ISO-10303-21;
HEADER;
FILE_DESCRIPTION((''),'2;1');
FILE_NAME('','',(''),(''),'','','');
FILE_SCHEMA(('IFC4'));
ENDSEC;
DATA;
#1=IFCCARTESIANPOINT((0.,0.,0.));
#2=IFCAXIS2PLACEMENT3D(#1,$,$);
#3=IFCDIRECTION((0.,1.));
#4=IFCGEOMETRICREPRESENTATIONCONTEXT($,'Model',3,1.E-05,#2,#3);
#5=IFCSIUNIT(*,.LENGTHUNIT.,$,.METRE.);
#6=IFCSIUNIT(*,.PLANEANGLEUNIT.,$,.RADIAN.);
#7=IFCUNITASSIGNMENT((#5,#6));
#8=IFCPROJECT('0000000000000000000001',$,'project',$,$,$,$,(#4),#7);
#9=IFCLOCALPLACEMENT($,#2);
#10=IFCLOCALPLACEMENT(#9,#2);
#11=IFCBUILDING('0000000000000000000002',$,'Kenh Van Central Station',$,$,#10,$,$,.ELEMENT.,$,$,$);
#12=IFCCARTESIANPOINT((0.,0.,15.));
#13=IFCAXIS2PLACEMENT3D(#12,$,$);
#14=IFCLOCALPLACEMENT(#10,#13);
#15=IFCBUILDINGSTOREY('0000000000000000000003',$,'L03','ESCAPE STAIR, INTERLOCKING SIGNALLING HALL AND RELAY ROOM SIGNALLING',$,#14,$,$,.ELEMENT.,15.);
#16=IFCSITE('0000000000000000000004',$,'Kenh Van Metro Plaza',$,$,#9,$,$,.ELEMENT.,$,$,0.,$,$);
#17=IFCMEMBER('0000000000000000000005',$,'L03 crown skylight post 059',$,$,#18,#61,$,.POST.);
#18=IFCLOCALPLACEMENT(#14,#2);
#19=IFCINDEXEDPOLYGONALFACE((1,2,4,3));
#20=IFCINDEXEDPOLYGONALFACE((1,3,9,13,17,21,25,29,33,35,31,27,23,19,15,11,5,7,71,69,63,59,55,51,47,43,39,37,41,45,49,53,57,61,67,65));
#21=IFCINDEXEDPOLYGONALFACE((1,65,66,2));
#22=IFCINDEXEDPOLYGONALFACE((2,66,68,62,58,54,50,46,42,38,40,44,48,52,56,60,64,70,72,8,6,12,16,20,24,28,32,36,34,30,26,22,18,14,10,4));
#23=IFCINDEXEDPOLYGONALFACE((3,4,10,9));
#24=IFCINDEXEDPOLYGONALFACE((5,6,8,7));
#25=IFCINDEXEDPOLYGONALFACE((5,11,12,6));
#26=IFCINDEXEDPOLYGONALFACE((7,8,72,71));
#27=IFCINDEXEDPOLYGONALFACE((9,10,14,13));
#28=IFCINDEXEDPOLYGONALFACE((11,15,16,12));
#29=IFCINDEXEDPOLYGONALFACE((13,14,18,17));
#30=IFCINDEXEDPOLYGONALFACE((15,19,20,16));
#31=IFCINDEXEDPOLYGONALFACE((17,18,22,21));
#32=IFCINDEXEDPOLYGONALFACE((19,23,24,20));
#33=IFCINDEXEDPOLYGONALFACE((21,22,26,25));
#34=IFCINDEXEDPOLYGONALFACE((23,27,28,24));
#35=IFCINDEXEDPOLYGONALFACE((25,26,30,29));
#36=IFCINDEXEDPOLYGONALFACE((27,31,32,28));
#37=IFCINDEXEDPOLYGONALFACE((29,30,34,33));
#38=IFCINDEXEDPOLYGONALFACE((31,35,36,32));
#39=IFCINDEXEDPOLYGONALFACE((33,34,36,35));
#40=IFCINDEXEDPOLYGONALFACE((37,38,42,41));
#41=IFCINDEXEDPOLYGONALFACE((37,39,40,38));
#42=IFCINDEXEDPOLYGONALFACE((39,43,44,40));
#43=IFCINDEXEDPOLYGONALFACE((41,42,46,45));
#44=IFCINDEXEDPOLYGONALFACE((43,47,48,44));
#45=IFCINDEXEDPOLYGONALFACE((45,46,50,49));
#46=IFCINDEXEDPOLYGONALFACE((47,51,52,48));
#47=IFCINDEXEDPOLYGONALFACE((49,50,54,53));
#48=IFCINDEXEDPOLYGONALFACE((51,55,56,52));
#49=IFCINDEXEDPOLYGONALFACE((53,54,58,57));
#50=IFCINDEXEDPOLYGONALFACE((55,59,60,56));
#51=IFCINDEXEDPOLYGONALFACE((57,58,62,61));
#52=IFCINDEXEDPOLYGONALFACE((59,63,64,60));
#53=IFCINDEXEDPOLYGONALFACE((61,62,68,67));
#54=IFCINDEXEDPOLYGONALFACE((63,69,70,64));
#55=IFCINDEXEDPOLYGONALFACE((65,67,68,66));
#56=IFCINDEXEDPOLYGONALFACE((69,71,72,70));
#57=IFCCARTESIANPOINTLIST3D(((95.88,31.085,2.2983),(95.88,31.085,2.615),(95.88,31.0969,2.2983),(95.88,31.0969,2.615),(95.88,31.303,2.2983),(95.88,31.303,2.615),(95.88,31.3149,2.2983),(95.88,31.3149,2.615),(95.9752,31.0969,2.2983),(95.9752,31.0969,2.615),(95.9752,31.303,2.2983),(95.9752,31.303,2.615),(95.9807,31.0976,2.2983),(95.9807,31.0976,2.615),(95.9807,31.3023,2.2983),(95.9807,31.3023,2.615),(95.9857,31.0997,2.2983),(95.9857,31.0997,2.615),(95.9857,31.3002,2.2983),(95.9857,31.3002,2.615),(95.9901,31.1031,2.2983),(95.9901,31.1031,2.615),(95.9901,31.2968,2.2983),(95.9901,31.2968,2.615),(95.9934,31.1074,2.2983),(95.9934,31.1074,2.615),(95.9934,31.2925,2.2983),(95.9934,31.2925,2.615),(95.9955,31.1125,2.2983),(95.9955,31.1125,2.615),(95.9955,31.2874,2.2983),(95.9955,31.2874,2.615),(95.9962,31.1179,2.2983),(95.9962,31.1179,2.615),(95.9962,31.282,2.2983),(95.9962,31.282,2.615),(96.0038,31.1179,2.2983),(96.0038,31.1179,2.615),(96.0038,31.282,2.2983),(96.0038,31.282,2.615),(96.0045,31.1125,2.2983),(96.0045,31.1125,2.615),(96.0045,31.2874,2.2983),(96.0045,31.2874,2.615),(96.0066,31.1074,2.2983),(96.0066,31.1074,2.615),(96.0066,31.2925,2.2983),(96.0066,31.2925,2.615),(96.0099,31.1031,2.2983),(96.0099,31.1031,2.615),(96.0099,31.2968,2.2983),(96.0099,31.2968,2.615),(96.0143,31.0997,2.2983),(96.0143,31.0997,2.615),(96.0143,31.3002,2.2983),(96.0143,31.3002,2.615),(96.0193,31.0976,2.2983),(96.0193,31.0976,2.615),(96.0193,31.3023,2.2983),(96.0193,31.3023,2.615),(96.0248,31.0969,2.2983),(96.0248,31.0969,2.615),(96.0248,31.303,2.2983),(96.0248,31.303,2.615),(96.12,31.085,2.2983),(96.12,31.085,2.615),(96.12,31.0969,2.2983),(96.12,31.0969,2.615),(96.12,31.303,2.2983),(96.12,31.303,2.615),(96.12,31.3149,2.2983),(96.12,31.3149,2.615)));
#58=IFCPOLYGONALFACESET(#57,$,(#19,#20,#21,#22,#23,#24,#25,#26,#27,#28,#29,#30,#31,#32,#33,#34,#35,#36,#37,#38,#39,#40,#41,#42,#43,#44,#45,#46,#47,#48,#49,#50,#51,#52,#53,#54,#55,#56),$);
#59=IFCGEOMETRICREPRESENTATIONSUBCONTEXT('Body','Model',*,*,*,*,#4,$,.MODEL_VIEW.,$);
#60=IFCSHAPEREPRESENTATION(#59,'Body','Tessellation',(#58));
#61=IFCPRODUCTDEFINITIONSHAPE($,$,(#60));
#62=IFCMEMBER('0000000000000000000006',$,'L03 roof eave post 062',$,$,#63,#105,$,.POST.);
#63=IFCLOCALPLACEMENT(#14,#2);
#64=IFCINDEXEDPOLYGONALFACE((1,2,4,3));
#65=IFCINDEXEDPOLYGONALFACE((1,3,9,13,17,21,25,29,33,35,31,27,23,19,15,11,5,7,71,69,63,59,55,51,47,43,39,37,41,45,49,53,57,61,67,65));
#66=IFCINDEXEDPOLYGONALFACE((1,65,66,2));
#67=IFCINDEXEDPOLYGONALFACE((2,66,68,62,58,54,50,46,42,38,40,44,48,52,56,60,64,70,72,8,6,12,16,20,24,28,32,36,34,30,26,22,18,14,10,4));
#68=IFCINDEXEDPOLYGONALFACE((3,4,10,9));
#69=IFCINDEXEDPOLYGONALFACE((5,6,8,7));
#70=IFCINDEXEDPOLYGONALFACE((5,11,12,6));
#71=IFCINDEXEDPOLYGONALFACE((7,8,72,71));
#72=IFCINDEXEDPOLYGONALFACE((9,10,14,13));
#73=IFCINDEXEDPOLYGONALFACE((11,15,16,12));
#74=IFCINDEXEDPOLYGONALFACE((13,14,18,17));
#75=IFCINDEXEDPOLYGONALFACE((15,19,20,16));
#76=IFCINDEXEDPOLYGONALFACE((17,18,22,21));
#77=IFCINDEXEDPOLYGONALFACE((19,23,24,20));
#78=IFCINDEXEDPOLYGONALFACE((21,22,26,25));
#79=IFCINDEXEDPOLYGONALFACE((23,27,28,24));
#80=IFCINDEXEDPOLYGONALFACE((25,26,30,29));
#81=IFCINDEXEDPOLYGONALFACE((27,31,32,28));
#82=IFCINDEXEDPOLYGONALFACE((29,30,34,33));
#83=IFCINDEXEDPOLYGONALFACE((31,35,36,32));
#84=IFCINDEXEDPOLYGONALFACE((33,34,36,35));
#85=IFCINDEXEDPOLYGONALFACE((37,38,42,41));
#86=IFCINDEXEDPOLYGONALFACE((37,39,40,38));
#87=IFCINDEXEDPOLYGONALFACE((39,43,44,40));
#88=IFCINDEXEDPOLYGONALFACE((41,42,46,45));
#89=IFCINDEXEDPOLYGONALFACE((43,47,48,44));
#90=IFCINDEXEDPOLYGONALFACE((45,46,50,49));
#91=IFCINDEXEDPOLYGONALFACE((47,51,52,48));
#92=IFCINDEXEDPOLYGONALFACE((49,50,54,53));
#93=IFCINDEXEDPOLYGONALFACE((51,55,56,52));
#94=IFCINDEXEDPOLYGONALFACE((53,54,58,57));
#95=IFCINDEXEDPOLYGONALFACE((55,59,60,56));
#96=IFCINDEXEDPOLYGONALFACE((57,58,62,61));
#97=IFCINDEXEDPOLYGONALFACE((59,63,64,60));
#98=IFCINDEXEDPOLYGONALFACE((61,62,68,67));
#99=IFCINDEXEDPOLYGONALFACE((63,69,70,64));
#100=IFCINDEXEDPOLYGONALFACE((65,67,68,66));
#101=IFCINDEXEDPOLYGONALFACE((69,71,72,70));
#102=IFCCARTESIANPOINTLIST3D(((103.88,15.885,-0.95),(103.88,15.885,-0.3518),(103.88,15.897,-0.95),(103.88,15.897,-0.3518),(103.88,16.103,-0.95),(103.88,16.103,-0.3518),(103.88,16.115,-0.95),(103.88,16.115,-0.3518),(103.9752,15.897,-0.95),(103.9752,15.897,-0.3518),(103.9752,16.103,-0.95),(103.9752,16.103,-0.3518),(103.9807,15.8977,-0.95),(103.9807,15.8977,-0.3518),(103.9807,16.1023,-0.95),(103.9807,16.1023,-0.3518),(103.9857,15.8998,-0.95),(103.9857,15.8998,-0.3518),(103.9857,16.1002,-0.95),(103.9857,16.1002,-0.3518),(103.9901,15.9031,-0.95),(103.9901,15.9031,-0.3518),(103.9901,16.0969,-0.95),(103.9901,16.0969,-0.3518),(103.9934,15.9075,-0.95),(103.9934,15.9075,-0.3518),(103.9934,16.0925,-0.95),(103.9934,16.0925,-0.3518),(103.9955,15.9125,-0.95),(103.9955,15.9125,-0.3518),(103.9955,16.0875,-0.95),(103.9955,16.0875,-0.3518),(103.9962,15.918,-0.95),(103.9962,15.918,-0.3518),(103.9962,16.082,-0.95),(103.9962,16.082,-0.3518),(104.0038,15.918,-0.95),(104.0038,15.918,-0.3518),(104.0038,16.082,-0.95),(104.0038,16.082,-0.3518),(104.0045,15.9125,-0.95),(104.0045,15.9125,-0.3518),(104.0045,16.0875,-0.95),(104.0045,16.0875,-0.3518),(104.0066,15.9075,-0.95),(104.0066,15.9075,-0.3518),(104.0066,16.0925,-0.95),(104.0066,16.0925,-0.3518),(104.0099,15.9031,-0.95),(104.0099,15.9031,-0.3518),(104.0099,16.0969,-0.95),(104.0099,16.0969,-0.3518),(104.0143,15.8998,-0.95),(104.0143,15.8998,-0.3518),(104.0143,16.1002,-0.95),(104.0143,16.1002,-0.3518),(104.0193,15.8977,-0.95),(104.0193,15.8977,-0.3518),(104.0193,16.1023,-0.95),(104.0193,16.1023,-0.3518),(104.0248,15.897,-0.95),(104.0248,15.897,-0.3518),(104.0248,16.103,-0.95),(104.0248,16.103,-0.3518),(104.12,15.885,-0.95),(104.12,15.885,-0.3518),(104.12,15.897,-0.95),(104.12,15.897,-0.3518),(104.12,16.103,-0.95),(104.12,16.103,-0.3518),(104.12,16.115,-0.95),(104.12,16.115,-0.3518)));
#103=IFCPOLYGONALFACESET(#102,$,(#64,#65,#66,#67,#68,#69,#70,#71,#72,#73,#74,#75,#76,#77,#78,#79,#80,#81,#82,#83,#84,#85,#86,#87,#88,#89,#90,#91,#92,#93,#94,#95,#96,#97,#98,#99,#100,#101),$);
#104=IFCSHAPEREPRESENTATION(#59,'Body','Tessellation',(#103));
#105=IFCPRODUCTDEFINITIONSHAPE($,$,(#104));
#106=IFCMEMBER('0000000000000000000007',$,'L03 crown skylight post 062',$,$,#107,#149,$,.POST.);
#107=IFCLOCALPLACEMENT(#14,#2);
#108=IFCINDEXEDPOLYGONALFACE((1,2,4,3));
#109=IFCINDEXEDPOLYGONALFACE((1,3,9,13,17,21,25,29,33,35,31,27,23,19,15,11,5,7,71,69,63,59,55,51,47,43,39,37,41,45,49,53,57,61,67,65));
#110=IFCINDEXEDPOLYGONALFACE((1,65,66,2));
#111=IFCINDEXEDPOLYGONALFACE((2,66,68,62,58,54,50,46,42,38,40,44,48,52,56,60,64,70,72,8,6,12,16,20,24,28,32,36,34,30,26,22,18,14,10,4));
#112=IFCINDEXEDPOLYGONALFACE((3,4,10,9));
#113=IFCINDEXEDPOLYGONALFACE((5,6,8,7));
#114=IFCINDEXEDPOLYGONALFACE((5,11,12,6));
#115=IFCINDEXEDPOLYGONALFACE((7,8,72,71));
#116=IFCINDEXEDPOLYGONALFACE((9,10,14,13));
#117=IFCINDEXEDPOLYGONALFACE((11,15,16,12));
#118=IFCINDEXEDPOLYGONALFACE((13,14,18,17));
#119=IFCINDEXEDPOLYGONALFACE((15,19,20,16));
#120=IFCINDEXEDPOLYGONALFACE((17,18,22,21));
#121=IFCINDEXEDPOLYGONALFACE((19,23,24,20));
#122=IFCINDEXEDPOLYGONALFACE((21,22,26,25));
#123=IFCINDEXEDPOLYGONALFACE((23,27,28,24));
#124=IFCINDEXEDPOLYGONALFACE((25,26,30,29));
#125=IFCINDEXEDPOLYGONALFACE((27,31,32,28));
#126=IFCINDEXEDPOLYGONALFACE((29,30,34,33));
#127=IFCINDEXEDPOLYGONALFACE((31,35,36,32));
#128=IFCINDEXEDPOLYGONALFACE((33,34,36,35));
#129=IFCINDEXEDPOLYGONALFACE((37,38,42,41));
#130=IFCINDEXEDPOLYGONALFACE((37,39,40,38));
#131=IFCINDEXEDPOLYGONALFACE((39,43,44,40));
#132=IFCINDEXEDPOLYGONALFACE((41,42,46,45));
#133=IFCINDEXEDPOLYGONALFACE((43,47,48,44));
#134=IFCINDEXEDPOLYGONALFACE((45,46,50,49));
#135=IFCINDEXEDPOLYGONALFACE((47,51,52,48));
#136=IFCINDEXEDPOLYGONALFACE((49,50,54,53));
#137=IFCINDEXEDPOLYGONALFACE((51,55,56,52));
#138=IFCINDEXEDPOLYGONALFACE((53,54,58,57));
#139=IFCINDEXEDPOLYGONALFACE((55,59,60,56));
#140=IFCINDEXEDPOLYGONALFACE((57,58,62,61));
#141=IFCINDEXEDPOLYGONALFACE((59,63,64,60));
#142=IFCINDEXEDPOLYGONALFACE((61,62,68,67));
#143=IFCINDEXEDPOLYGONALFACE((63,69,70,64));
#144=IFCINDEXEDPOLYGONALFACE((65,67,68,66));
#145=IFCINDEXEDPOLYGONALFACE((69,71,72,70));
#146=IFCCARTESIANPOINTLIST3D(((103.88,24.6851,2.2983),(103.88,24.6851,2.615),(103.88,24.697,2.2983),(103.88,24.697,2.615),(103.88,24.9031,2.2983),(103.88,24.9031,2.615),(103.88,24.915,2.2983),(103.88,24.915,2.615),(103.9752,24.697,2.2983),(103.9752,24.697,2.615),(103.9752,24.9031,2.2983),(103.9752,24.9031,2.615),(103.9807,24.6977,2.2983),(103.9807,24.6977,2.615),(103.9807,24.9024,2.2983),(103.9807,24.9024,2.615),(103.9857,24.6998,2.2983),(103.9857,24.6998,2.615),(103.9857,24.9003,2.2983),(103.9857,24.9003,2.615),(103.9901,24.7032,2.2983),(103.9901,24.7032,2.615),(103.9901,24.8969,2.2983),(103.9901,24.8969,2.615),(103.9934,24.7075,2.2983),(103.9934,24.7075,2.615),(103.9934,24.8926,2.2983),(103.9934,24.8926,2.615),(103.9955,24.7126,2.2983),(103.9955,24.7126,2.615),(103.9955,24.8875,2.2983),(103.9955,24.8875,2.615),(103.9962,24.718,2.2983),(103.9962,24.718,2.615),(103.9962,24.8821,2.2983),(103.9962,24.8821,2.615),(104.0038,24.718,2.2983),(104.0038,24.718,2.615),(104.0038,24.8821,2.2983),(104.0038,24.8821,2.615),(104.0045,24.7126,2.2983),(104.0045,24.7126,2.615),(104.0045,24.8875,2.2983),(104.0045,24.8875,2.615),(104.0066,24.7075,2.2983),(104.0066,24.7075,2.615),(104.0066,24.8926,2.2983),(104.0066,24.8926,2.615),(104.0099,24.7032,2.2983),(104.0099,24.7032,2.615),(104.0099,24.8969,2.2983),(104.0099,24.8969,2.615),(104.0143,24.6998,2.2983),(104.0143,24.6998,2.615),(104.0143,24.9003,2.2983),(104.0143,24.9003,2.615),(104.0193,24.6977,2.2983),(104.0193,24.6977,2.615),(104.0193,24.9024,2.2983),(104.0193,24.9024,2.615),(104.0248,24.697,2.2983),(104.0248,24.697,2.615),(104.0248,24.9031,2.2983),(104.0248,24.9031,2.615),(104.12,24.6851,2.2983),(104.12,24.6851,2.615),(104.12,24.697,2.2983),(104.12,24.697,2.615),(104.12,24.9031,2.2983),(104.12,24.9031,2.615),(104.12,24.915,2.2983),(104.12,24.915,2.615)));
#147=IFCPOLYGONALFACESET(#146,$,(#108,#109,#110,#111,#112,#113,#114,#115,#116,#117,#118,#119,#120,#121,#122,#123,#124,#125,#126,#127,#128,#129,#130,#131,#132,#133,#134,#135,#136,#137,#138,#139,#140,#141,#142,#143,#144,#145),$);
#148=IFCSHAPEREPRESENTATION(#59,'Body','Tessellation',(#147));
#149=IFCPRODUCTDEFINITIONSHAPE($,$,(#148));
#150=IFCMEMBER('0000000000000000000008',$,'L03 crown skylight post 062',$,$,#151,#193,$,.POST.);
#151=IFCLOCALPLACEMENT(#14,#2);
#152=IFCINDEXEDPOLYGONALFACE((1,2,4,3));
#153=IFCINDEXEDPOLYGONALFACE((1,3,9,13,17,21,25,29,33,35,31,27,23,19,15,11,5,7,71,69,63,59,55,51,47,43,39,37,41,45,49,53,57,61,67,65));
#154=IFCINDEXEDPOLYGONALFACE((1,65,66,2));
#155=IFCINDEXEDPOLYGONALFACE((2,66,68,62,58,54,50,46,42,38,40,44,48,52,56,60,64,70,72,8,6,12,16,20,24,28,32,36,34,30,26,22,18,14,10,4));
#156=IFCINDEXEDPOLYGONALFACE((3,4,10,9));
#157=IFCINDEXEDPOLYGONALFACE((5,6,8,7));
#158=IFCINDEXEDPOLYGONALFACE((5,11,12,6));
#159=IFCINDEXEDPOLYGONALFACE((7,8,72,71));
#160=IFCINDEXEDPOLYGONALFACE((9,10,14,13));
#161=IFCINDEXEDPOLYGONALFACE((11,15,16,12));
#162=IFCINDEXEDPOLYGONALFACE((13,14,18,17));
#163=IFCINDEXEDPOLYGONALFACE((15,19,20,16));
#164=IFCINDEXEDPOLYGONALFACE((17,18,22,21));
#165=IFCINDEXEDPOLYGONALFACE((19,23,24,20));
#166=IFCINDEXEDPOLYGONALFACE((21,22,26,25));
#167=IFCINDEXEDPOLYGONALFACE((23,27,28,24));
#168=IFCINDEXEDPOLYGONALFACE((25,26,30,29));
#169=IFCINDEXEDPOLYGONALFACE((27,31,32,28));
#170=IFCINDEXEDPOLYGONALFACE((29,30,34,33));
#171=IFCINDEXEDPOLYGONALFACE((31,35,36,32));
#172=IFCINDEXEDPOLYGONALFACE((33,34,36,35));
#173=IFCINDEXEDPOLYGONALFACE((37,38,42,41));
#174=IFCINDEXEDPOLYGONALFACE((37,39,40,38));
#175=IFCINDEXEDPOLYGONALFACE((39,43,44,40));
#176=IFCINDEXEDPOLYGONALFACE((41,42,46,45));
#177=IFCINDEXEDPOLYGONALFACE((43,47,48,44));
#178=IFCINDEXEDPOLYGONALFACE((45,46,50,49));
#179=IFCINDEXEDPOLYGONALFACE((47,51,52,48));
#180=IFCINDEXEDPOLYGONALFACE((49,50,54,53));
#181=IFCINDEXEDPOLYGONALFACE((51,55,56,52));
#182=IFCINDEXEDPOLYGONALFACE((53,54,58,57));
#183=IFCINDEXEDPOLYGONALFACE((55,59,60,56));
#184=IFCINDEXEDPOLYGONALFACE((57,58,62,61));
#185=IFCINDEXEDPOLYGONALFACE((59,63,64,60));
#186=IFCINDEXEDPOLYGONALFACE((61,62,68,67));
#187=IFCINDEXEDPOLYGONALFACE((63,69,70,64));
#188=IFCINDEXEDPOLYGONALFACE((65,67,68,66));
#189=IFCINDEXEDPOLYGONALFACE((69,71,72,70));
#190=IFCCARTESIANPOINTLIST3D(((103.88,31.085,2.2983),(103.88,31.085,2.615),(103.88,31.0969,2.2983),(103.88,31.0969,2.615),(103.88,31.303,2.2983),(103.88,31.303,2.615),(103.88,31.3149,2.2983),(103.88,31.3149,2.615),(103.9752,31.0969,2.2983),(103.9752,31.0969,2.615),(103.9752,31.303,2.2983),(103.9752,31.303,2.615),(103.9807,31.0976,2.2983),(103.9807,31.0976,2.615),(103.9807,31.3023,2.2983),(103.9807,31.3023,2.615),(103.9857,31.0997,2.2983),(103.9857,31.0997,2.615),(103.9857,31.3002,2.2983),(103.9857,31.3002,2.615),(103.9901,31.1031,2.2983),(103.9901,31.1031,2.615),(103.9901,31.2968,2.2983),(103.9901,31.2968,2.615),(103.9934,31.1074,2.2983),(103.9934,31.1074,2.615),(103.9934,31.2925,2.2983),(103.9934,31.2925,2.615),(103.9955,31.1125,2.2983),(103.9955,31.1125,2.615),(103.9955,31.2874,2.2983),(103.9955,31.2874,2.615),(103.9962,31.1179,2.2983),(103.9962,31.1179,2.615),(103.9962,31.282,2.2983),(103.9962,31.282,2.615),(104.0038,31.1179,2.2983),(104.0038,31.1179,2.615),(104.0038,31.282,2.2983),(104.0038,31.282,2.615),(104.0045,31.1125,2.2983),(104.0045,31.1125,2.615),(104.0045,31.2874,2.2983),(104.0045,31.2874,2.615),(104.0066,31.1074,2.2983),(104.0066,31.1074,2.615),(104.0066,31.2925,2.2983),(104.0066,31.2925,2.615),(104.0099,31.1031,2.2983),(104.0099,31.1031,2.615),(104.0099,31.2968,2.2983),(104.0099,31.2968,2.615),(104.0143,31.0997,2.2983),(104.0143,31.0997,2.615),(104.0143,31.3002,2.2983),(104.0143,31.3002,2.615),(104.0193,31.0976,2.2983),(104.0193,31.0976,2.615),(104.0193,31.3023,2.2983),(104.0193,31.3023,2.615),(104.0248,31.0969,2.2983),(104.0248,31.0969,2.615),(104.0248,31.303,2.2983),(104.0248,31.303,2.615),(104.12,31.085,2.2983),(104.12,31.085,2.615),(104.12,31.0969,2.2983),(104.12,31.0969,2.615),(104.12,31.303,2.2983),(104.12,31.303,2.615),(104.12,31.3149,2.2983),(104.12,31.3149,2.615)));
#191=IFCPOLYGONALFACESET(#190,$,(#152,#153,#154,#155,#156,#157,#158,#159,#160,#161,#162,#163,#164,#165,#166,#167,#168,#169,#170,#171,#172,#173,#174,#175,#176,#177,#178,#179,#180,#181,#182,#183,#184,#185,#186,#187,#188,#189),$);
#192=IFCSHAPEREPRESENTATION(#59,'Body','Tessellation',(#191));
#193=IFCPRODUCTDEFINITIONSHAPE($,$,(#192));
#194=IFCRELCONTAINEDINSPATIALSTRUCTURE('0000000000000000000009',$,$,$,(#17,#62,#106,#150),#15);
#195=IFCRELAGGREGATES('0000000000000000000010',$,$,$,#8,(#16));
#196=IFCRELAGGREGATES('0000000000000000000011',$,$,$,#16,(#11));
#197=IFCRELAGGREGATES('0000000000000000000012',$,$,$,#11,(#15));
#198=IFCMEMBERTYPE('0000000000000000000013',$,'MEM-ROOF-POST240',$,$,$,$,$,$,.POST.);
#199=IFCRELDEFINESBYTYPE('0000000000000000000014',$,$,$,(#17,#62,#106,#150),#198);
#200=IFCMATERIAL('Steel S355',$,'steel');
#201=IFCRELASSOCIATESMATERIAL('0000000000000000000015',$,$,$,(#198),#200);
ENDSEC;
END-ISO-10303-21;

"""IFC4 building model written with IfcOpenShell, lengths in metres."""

from ifc_helpers import new_model, si_unit, direction, frame, origin, origin_2d, place, context, subcontext, project, spatial, i_section, extrude, material, material_profile, profile_set, type_object, element, save


model = new_model("IFC4")

# Units and contexts
model_context = context("Model", 3, precision=1e-05, world=origin(), true_north=direction((0.0, 1.0)))
body_context = subcontext(model_context, "Body", "Model", "MODEL_VIEW")
ifc_project = project(units=[si_unit("LENGTHUNIT", "METRE"), si_unit("PLANEANGLEUNIT", "RADIAN")], contexts=[model_context])

# Site, building, storey
site_placement = place(None, origin())
site = spatial("IfcSite", under=ifc_project, at=site_placement, Name="Kenh Van Metro Plaza", CompositionType="ELEMENT", RefElevation=0.0)
building_placement = place(site_placement, origin())
building = spatial("IfcBuilding", under=site, at=building_placement, Name="Kenh Van Central Station", CompositionType="ELEMENT")
storey_placement = place(building_placement, frame((0.0, 0.0, 15.0)))
storey = spatial("IfcBuildingStorey", under=building, at=storey_placement, Name="L03", Description="ESCAPE STAIR, INTERLOCKING SIGNALLING HALL AND RELAY ROOM SIGNALLING", CompositionType="ELEMENT", Elevation=15.0)

# Shared definitions
ifc_material_1 = material(Name="Steel S355", Category="steel")

# Members
ifc_material_profile_1 = material_profile(ifc_material_1, i_section(OverallWidth=0.24, OverallDepth=0.23, WebThickness=0.0076, FlangeThickness=0.012, FilletRadius=0.021, at=origin_2d()), Name="HEA 240")
ifc_profile_set_1 = profile_set([ifc_material_profile_1], Name="Steel S355")
member_type_1 = type_object("IfcMemberType", Name="MEM-ROOF-POST240", PredefinedType="POST", material=ifc_profile_set_1)
for number, where, z_axis, x_axis, name in (
    (1, (96.0, 31.2, 2.2983), (0.0, 0.0, 1.0), (1.0, 0.0, 0.0), "L03 crown skylight post 059"),
):
    element("IfcMember", number, at=place(storey_placement, frame(where, z_axis=z_axis, x_axis=x_axis)), inside=storey, type_object=member_type_1, Name=name, PredefinedType="POST", context=body_context, shape_type="SweptSolid", body=[
        extrude(i_section(OverallWidth=0.24, OverallDepth=0.23, WebThickness=0.0076, FlangeThickness=0.012, FilletRadius=0.021, at=origin_2d()), origin(), (0.0, 0.0, 1.0), 0.3167),
    ])
member_1_placement = place(storey_placement, frame((104.0, 16.0, -0.95), z_axis=(0.0, 0.0, 1.0), x_axis=(1.0, 0.0, 0.0)))
element("IfcMember", 2, at=member_1_placement, inside=storey, type_object=member_type_1, Name="L03 roof eave post 062", PredefinedType="POST", context=body_context, shape_type="SweptSolid", body=[
    extrude(i_section(OverallWidth=0.24, OverallDepth=0.23, WebThickness=0.0076, FlangeThickness=0.012, FilletRadius=0.021, at=origin_2d()), origin(), (0.0, 0.0, 1.0), 0.5981),
])
for number, where, z_axis, x_axis, name in (
    (3, (104.0, 24.8, 2.2983), (0.0, 0.0, 1.0), (1.0, 0.0, 0.0), "L03 crown skylight post 062"),
    (4, (104.0, 31.2, 2.2983), (0.0, 0.0, 1.0), (1.0, 0.0, 0.0), "L03 crown skylight post 062"),
):
    element("IfcMember", number, at=place(storey_placement, frame(where, z_axis=z_axis, x_axis=x_axis)), inside=storey, type_object=member_type_1, Name=name, PredefinedType="POST", context=body_context, shape_type="SweptSolid", body=[
        extrude(i_section(OverallWidth=0.24, OverallDepth=0.23, WebThickness=0.0076, FlangeThickness=0.012, FilletRadius=0.021, at=origin_2d()), origin(), (0.0, 0.0, 1.0), 0.3167),
    ])

save(model, "model.ifc")
